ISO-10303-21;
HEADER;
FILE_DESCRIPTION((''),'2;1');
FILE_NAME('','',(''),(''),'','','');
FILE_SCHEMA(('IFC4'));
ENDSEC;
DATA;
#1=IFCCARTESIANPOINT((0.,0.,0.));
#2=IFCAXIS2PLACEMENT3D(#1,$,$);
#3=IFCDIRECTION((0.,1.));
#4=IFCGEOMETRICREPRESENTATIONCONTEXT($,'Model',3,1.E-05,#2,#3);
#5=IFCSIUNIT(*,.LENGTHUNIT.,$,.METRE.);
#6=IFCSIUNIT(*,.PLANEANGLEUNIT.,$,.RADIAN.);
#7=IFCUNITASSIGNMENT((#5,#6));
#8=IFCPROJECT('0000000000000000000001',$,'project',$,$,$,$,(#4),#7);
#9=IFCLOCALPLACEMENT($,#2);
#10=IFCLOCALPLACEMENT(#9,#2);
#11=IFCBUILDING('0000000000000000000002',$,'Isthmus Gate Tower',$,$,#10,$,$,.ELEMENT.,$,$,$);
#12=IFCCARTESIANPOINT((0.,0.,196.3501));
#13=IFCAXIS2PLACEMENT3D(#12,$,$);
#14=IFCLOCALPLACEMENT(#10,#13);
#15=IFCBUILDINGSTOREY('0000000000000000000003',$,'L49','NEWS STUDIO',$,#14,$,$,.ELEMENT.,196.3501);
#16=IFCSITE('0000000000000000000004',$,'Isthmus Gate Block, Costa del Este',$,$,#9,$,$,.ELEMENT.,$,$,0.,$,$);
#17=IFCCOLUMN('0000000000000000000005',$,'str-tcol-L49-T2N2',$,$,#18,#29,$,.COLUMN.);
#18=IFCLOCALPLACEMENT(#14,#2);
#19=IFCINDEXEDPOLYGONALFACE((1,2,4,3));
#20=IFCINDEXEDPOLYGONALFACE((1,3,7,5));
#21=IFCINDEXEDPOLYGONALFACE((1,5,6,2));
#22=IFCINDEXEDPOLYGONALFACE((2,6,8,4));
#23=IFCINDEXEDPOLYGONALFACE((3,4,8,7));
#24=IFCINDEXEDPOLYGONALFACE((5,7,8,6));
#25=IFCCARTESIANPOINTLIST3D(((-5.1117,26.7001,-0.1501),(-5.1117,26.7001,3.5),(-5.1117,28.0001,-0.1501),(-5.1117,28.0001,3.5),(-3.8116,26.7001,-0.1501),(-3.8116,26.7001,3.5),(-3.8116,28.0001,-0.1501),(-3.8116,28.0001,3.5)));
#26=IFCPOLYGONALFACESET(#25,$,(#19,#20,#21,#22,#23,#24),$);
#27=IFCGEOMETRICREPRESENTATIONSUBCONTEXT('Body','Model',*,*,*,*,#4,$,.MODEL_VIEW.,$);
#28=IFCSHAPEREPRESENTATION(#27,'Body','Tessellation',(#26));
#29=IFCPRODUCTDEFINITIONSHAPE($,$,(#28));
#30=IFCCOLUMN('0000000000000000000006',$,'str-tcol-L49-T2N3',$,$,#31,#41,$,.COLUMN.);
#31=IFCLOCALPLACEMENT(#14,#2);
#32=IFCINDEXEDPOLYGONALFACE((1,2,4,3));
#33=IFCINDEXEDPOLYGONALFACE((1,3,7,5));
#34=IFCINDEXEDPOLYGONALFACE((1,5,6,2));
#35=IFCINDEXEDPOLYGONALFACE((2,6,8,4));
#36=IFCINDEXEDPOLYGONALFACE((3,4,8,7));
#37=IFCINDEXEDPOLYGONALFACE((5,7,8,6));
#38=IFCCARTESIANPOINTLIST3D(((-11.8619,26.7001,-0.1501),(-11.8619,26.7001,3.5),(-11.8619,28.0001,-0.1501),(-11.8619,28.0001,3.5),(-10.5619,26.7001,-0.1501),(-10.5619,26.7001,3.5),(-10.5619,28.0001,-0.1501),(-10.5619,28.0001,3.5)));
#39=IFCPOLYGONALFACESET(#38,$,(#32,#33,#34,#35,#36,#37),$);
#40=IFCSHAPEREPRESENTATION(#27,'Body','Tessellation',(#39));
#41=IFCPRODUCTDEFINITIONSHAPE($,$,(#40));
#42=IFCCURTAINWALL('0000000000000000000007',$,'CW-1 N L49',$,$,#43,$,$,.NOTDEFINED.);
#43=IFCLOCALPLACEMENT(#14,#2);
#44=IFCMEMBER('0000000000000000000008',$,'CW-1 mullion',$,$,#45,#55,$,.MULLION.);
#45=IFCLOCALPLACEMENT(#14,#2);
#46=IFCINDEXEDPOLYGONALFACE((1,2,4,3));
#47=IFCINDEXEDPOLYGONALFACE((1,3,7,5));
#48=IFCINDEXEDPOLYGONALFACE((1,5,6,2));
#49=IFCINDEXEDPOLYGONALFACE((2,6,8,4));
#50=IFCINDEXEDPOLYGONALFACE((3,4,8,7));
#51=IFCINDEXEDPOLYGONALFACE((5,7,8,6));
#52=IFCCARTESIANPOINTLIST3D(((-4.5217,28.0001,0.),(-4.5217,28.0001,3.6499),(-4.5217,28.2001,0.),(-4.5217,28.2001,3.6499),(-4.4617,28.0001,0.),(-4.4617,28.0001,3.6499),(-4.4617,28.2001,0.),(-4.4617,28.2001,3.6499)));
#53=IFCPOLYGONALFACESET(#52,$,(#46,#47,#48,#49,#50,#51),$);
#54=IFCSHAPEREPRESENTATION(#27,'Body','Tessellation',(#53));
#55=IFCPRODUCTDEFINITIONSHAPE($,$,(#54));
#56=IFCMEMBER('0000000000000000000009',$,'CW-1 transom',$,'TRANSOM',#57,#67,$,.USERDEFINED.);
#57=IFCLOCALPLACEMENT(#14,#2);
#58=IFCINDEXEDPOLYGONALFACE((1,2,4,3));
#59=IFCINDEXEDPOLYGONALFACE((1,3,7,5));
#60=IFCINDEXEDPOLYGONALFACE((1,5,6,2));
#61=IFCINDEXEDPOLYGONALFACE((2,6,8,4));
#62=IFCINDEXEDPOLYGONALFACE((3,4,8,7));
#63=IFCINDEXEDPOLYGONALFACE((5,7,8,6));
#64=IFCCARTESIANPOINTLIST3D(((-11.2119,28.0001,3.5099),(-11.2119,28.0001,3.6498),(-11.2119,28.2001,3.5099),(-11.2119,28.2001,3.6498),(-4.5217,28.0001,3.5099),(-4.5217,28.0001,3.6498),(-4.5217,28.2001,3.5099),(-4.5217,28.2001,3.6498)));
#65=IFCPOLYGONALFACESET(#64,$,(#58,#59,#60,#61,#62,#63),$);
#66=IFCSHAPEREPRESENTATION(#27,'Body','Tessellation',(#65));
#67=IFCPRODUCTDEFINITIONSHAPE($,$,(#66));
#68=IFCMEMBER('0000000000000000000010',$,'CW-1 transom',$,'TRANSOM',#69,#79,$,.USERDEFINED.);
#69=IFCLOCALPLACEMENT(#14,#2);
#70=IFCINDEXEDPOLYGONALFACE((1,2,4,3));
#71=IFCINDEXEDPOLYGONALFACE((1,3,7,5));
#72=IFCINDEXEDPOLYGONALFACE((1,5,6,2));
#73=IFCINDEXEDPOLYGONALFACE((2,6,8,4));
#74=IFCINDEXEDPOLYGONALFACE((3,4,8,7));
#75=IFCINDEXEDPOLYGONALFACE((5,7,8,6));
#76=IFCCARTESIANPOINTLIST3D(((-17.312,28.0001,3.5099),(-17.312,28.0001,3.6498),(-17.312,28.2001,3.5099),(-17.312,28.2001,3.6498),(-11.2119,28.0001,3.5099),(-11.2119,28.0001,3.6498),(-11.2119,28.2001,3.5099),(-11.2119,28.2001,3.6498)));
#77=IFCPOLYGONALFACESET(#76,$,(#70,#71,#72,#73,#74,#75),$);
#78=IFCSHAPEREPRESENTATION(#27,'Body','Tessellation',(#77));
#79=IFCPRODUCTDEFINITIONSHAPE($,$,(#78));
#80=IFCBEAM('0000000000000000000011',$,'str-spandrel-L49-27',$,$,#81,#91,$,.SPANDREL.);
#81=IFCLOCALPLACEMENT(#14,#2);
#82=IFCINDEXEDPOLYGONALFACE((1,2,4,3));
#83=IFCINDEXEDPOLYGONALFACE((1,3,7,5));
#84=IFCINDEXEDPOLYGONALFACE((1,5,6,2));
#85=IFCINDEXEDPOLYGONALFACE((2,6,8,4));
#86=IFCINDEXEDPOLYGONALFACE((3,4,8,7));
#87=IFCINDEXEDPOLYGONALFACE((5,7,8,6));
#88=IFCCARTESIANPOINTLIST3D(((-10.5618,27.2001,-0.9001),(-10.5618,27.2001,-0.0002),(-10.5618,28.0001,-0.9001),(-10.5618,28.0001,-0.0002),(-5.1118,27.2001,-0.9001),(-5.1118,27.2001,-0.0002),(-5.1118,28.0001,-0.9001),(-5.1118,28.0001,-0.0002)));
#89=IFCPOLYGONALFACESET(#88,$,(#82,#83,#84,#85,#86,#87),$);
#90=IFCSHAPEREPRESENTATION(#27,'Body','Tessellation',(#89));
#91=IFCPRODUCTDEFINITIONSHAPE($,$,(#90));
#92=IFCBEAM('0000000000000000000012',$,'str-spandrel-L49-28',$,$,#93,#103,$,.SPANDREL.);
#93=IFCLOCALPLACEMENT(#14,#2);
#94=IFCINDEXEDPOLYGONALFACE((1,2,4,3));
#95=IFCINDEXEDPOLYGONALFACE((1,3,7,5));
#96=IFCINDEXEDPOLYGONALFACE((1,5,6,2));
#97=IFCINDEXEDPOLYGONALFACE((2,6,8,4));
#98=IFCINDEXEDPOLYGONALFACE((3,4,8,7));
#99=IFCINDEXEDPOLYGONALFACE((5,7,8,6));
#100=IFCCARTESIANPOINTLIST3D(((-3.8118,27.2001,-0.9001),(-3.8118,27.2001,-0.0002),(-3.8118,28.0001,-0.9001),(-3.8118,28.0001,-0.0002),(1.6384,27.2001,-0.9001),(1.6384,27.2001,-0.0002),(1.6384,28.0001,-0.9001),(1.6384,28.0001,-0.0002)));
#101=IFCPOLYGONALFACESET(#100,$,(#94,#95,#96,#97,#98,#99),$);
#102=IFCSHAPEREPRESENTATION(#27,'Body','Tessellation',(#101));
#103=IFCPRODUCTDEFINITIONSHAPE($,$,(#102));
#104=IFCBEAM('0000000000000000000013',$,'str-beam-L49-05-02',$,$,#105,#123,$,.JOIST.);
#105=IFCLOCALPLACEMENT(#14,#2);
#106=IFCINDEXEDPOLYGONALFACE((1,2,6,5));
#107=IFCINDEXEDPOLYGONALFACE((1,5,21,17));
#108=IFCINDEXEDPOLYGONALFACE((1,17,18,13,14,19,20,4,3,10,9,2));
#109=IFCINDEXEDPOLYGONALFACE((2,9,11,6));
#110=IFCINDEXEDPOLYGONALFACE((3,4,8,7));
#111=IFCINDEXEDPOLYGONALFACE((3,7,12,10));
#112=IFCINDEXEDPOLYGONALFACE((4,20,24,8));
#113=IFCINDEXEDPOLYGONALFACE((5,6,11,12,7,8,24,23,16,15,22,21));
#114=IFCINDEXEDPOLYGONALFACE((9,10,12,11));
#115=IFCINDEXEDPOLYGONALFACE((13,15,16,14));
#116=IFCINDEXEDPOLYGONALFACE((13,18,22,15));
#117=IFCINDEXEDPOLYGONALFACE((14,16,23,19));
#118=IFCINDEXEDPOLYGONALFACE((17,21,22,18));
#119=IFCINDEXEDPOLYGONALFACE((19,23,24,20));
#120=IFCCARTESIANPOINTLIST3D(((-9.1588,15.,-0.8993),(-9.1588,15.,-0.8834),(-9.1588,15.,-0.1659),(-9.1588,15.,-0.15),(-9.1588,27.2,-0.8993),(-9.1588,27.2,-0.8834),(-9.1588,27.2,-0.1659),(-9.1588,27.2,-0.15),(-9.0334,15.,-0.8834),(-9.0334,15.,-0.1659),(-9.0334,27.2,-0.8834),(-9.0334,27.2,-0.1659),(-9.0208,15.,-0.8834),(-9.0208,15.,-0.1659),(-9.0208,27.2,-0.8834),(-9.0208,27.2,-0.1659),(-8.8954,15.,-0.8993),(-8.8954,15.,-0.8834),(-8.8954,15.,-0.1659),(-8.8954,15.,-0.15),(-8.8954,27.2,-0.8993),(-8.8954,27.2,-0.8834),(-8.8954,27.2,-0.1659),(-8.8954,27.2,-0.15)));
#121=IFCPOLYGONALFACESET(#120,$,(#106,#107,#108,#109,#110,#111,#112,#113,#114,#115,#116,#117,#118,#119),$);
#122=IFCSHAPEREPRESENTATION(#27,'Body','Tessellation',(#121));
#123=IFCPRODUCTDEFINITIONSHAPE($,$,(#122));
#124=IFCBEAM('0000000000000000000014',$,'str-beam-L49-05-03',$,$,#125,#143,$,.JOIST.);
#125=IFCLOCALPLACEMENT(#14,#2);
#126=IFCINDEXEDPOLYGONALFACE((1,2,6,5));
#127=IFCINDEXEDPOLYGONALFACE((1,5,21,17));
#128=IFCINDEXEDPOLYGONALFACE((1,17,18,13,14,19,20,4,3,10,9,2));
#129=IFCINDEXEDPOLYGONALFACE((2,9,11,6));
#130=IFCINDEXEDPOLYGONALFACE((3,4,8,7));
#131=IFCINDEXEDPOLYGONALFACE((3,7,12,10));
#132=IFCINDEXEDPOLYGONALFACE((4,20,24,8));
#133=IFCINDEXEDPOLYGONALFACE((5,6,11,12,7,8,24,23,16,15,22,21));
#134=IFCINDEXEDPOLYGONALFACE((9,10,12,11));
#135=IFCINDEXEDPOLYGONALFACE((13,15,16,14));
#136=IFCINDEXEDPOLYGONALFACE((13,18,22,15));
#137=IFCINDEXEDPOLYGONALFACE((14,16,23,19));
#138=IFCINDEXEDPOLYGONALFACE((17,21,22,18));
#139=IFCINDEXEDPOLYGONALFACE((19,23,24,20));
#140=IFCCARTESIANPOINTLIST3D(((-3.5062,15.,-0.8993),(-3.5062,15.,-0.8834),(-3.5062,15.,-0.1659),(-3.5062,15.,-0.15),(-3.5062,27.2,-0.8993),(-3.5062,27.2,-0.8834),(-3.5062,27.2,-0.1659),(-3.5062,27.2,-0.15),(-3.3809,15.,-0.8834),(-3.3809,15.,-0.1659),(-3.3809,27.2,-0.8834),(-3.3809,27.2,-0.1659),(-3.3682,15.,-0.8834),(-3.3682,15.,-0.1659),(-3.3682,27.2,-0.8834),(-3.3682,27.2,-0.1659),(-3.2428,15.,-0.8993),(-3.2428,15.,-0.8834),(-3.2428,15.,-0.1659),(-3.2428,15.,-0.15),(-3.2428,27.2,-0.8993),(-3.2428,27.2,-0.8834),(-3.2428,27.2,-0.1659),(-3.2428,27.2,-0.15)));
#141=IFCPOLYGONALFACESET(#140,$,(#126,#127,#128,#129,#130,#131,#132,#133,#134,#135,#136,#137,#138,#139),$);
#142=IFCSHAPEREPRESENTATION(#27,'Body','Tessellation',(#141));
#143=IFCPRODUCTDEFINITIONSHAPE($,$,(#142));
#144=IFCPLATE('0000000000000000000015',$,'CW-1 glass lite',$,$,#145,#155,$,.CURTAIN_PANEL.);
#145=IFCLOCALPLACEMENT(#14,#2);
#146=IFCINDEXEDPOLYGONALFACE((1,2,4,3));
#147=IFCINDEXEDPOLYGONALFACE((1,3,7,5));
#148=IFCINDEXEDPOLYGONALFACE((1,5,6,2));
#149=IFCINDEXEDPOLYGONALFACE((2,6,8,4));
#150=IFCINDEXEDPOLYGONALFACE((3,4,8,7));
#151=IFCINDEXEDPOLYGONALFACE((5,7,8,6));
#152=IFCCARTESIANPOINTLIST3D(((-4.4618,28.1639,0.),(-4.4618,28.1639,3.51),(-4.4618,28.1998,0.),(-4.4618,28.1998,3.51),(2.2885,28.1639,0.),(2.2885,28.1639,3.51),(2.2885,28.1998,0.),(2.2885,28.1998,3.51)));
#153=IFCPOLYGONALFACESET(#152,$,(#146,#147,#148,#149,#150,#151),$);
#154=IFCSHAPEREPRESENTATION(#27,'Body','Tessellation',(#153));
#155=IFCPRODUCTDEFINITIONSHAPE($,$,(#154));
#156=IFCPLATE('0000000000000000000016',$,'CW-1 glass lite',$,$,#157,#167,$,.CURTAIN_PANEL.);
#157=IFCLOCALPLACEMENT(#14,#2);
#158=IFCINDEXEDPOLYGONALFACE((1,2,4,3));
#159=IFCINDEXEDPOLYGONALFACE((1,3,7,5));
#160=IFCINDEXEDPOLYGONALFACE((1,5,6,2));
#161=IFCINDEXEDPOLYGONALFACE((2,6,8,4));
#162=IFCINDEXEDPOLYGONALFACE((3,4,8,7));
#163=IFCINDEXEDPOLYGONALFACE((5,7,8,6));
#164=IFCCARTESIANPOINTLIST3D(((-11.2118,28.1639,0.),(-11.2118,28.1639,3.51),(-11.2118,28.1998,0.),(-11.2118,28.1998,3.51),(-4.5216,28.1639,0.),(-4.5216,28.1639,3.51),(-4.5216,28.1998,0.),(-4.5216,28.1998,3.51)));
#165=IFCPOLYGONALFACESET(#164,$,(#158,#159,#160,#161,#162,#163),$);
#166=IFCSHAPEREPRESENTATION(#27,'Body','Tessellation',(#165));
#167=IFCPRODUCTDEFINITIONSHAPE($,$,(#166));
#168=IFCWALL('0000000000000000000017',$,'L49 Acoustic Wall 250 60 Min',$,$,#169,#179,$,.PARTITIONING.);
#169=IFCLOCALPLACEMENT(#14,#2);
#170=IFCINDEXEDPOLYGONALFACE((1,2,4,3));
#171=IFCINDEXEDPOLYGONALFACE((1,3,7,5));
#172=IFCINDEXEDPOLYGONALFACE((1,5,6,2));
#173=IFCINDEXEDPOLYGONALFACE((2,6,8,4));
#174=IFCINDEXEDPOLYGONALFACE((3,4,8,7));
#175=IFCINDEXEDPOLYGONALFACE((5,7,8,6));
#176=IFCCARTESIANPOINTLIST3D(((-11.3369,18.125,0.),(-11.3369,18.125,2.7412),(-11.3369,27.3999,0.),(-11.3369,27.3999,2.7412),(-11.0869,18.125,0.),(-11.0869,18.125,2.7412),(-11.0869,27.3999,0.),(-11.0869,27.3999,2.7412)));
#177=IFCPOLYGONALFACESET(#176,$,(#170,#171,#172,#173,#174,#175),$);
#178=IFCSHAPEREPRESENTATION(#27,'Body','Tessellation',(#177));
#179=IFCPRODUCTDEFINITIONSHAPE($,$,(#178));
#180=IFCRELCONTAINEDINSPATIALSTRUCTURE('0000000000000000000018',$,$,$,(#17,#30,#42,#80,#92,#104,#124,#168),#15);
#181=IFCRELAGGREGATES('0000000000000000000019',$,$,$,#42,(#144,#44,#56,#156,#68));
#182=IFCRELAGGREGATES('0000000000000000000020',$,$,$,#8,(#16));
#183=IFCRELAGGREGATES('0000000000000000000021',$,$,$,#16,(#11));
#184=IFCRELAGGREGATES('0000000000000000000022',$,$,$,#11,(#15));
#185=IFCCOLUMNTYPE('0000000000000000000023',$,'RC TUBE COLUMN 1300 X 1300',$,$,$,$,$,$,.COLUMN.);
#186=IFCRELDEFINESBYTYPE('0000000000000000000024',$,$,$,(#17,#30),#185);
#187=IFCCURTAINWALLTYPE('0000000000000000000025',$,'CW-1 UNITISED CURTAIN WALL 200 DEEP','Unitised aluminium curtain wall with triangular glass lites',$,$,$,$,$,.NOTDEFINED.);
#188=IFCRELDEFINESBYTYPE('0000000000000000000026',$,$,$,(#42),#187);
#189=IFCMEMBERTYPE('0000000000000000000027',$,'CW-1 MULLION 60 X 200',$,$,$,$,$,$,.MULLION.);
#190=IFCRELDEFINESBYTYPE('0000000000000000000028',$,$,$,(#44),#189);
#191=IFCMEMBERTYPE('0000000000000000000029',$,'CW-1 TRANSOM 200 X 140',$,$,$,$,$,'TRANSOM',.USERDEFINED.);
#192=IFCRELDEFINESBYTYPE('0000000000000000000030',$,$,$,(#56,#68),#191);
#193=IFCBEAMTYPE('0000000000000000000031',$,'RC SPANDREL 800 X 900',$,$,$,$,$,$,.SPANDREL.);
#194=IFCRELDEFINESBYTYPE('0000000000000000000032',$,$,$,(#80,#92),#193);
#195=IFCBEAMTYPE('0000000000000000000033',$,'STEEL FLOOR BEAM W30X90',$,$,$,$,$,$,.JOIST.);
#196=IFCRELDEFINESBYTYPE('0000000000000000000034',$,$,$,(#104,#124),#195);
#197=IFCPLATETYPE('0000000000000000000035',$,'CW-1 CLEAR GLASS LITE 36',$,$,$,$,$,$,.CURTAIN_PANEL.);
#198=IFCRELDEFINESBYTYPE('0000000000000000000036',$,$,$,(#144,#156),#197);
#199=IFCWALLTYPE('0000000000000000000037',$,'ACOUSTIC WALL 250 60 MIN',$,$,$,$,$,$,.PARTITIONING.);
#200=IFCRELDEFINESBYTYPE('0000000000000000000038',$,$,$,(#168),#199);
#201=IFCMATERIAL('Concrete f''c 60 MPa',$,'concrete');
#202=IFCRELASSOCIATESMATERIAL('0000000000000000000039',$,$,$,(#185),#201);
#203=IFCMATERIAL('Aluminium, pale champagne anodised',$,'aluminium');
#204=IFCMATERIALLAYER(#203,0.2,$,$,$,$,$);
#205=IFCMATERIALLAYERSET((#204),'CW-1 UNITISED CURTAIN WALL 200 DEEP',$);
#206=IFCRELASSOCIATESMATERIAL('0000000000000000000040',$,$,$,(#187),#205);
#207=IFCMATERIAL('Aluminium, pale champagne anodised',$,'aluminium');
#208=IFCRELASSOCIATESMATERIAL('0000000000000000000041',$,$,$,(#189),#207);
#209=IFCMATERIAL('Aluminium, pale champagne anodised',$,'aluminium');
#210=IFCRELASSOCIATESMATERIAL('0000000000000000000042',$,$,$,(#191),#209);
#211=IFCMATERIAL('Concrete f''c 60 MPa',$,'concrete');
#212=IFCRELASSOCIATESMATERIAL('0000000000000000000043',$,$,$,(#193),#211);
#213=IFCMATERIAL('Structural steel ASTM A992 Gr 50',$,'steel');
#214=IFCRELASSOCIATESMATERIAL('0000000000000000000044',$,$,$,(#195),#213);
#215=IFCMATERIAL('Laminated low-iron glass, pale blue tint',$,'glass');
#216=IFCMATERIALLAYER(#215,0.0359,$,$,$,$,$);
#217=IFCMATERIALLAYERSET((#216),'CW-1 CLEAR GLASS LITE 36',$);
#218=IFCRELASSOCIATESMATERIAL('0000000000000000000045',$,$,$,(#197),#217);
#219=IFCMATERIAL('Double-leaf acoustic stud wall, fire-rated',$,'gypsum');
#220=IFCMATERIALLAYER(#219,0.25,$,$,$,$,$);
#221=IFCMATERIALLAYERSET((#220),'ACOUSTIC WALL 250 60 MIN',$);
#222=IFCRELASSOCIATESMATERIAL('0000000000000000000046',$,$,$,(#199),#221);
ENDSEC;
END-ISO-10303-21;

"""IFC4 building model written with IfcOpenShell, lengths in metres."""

from ifc_helpers import new_model, si_unit, direction, frame, frame_2d, origin, origin_2d, place, context, subcontext, project, spatial, rectangle, i_section, extrude, material, layer, layer_set, material_profile, profile_set, type_object, element, aggregate, save


model = new_model("IFC4")

# Units and contexts
model_context = context("Model", 3, precision=1e-05, world=origin(), true_north=direction((0.0, 1.0)))
body_context = subcontext(model_context, "Body", "Model", "MODEL_VIEW")
ifc_project = project(units=[si_unit("LENGTHUNIT", "METRE"), si_unit("PLANEANGLEUNIT", "RADIAN")], contexts=[model_context])

# Site, building, storey
site_placement = place(None, origin())
site = spatial("IfcSite", under=ifc_project, at=site_placement, Name="Isthmus Gate Block, Costa del Este", CompositionType="ELEMENT", RefElevation=0.0)
building_placement = place(site_placement, origin())
building = spatial("IfcBuilding", under=site, at=building_placement, Name="Isthmus Gate Tower", CompositionType="ELEMENT")
storey_placement = place(building_placement, frame((0.0, 0.0, 196.3501)))
storey = spatial("IfcBuildingStorey", under=building, at=storey_placement, Name="L49", Description="NEWS STUDIO", CompositionType="ELEMENT", Elevation=196.3501)

# Columns
ifc_material_1 = material(Name="Concrete f'c 60 MPa", Category="concrete")
ifc_material_profile_1 = material_profile(ifc_material_1, rectangle(XDim=1.3, YDim=1.3, at=origin_2d()), Name="RC 1300X1300")
ifc_profile_set_1 = profile_set([ifc_material_profile_1], Name="Concrete f'c 60 MPa")
column_type = type_object("IfcColumnType", Name="RC TUBE COLUMN 1300 X 1300", PredefinedType="COLUMN", material=ifc_profile_set_1)
for number, where, z_axis, x_axis, name in (
    (1, (-4.4617, 27.3501, -0.1501), (0.0, 0.0, 1.0), (-1.0, 0.0, 0.0), "str-tcol-L49-T2N2"),
    (2, (-11.2119, 27.3501, -0.1501), (0.0, 0.0, 1.0), (-1.0, 0.0, 0.0), "str-tcol-L49-T2N3"),
):
    element("IfcColumn", number, at=place(storey_placement, frame(where, z_axis=z_axis, x_axis=x_axis)), inside=storey, type_object=column_type, Name=name, PredefinedType="COLUMN", context=body_context, shape_type="SweptSolid", body=[
        extrude(rectangle(XDim=1.3, YDim=1.3, at=origin_2d()), origin(), (0.0, 0.0, 1.0), 3.6501),
    ])

# Curtain wall, members
ifc_material_2 = material(Name="Aluminium, pale champagne anodised", Category="aluminium")
ifc_layer_1 = layer(ifc_material_2, 0.2)
ifc_layer_set_1 = layer_set([ifc_layer_1], Name="CW-1 UNITISED CURTAIN WALL 200 DEEP")
curtain_wall_type = type_object("IfcCurtainWallType", Name="CW-1 UNITISED CURTAIN WALL 200 DEEP", Description="Unitised aluminium curtain wall with triangular glass lites", PredefinedType="NOTDEFINED", material=ifc_layer_set_1)
curtain_wall_placement = place(storey_placement, origin())
curtain_wall = element("IfcCurtainWall", 3, at=curtain_wall_placement, inside=storey, type_object=curtain_wall_type, Name="CW-1 N L49", PredefinedType="NOTDEFINED")
ifc_material_3 = material(Name="Aluminium, pale champagne anodised", Category="aluminium")
ifc_material_profile_2 = material_profile(ifc_material_3, rectangle(XDim=0.0601, YDim=0.2, at=origin_2d()), Name="60x200")
ifc_profile_set_2 = profile_set([ifc_material_profile_2], Name="Aluminium, pale champagne anodised")
member_type_1 = type_object("IfcMemberType", Name="CW-1 MULLION 60 X 200", PredefinedType="MULLION", material=ifc_profile_set_2)
member_1_placement = place(storey_placement, frame((-4.4917, 28.1001, 0.0), z_axis=(0.0, 0.0, 1.0), x_axis=(-1.0, 0.0, 0.0)))
member_1 = element("IfcMember", 4, at=member_1_placement, type_object=member_type_1, Name="CW-1 mullion", PredefinedType="MULLION", context=body_context, shape_type="SweptSolid", body=[
    extrude(rectangle(XDim=0.0601, YDim=0.2, at=origin_2d()), origin(), (0.0, 0.0, 1.0), 3.6499),
])
ifc_material_4 = material(Name="Aluminium, pale champagne anodised", Category="aluminium")
ifc_material_profile_3 = material_profile(ifc_material_4, rectangle(XDim=0.2, YDim=0.1399, at=origin_2d()), Name="200x140")
ifc_profile_set_3 = profile_set([ifc_material_profile_3], Name="Aluminium, pale champagne anodised")
member_type_2 = type_object("IfcMemberType", Name="CW-1 TRANSOM 200 X 140", ElementType="TRANSOM", PredefinedType="USERDEFINED", material=ifc_profile_set_3)
member_2_placement = place(storey_placement, frame((-4.5217, 28.1001, 3.5798), z_axis=(-1.0, 0.0, 0.0), x_axis=(0.0, -1.0, 0.0)))
member_2 = element("IfcMember", 5, at=member_2_placement, type_object=member_type_2, Name="CW-1 transom", ObjectType="TRANSOM", PredefinedType="USERDEFINED", context=body_context, shape_type="SweptSolid", body=[
    extrude(rectangle(XDim=0.2, YDim=0.1399, at=origin_2d()), origin(), (0.0, 0.0, 1.0), 6.6902),
])
member_3_placement = place(storey_placement, frame((-11.2119, 28.1001, 3.5798), z_axis=(-1.0, 0.0, 0.0), x_axis=(0.0, -1.0, 0.0)))
member_3 = element("IfcMember", 6, at=member_3_placement, type_object=member_type_2, Name="CW-1 transom", ObjectType="TRANSOM", PredefinedType="USERDEFINED", context=body_context, shape_type="SweptSolid", body=[
    extrude(rectangle(XDim=0.2, YDim=0.1399, at=origin_2d()), origin(), (0.0, 0.0, 1.0), 6.1001),
])

# Beams
ifc_material_5 = material(Name="Concrete f'c 60 MPa", Category="concrete")
ifc_material_profile_4 = material_profile(ifc_material_5, rectangle(XDim=0.8, YDim=0.8999, at=origin_2d()), Name="RC 800X900")
ifc_profile_set_4 = profile_set([ifc_material_profile_4], Name="Concrete f'c 60 MPa")
beam_type_1 = type_object("IfcBeamType", Name="RC SPANDREL 800 X 900", PredefinedType="SPANDREL", material=ifc_profile_set_4)
beam_1_placement = place(storey_placement, frame((-10.5618, 27.6001, -0.4502), z_axis=(1.0, 0.0, 0.0), x_axis=(0.0, 1.0, 0.0)))
element("IfcBeam", 7, at=beam_1_placement, inside=storey, type_object=beam_type_1, Name="str-spandrel-L49-27", PredefinedType="SPANDREL", context=body_context, shape_type="SweptSolid", body=[
    extrude(rectangle(XDim=0.8, YDim=0.8999, at=origin_2d()), origin(), (0.0, 0.0, 1.0), 5.45),
])
beam_2_placement = place(storey_placement, frame((-3.8118, 27.6001, -0.4502), z_axis=(1.0, 0.0, 0.0), x_axis=(0.0, 1.0, 0.0)))
element("IfcBeam", 8, at=beam_2_placement, inside=storey, type_object=beam_type_1, Name="str-spandrel-L49-28", PredefinedType="SPANDREL", context=body_context, shape_type="SweptSolid", body=[
    extrude(rectangle(XDim=0.8, YDim=0.8999, at=origin_2d()), origin(), (0.0, 0.0, 1.0), 5.4502),
])
ifc_material_6 = material(Name="Structural steel ASTM A992 Gr 50", Category="steel")
ifc_material_profile_5 = material_profile(ifc_material_6, i_section(OverallWidth=0.2634, OverallDepth=0.7493, WebThickness=0.0127, FlangeThickness=0.0159, at=origin_2d()), Name="W30X90")
ifc_profile_set_5 = profile_set([ifc_material_profile_5], Name="Structural steel ASTM A992 Gr 50")
beam_type_2 = type_object("IfcBeamType", Name="STEEL FLOOR BEAM W30X90", PredefinedType="JOIST", material=ifc_profile_set_5)
for number, where, z_axis, x_axis, name in (
    (9, (-9.0271, 15.0, -0.5247), (0.0, 1.0, 0.0), (-1.0, 0.0, 0.0), "str-beam-L49-05-02"),
    (10, (-3.3745, 15.0, -0.5247), (0.0, 1.0, 0.0), (-1.0, 0.0, 0.0), "str-beam-L49-05-03"),
):
    element("IfcBeam", number, at=place(storey_placement, frame(where, z_axis=z_axis, x_axis=x_axis)), inside=storey, type_object=beam_type_2, Name=name, PredefinedType="JOIST", context=body_context, shape_type="SweptSolid", body=[
        extrude(i_section(OverallWidth=0.2634, OverallDepth=0.7493, WebThickness=0.0127, FlangeThickness=0.0159, at=origin_2d()), origin(), (0.0, 0.0, 1.0), 12.2),
    ])

# Plates
ifc_material_7 = material(Name="Laminated low-iron glass, pale blue tint", Category="glass")
ifc_layer_2 = layer(ifc_material_7, 0.0359)
ifc_layer_set_2 = layer_set([ifc_layer_2], Name="CW-1 CLEAR GLASS LITE 36")
plate_type = type_object("IfcPlateType", Name="CW-1 CLEAR GLASS LITE 36", PredefinedType="CURTAIN_PANEL", material=ifc_layer_set_2)
plate_1_placement = place(storey_placement, frame((-1.0867, 28.1819, 0.0), z_axis=(0.0, 0.0, 1.0), x_axis=(-1.0, 0.0, 0.0)))
plate_1 = element("IfcPlate", 11, at=plate_1_placement, type_object=plate_type, Name="CW-1 glass lite", PredefinedType="CURTAIN_PANEL", context=body_context, shape_type="SweptSolid", body=[
    extrude(rectangle(XDim=6.7502, YDim=0.0359, at=origin_2d()), origin(), (0.0, 0.0, 1.0), 3.51),
])
plate_2_placement = place(storey_placement, frame((-7.8667, 28.1819, 0.0), z_axis=(0.0, 0.0, 1.0), x_axis=(-1.0, 0.0, 0.0)))
plate_2 = element("IfcPlate", 12, at=plate_2_placement, type_object=plate_type, Name="CW-1 glass lite", PredefinedType="CURTAIN_PANEL", context=body_context, shape_type="SweptSolid", body=[
    extrude(rectangle(XDim=6.6902, YDim=0.0359, at=origin_2d()), origin(), (0.0, 0.0, 1.0), 3.51),
])
aggregate(curtain_wall, [plate_1, member_1, member_2, plate_2, member_3])

# Wall
ifc_material_8 = material(Name="Double-leaf acoustic stud wall, fire-rated", Category="gypsum")
ifc_layer_3 = layer(ifc_material_8, 0.25)
ifc_layer_set_3 = layer_set([ifc_layer_3], Name="ACOUSTIC WALL 250 60 MIN")
wall_type_1 = type_object("IfcWallType", Name="ACOUSTIC WALL 250 60 MIN", PredefinedType="PARTITIONING", material=ifc_layer_set_3)
wall_1_placement = place(storey_placement, frame((-11.2119, 18.125, 0.0), z_axis=(0.0, 0.0, 1.0), x_axis=(0.0, 1.0, 0.0)))
element("IfcWall", 13, at=wall_1_placement, inside=storey, type_object=wall_type_1, Name="L49 Acoustic Wall 250 60 Min", PredefinedType="PARTITIONING", context=body_context, shape_type="SweptSolid", body=[
    extrude(rectangle(XDim=9.2749, YDim=0.25, at=frame_2d((4.6375, 0.0))), origin(), (0.0, 0.0, 1.0), 2.7412),
])

save(model, "model.ifc")
